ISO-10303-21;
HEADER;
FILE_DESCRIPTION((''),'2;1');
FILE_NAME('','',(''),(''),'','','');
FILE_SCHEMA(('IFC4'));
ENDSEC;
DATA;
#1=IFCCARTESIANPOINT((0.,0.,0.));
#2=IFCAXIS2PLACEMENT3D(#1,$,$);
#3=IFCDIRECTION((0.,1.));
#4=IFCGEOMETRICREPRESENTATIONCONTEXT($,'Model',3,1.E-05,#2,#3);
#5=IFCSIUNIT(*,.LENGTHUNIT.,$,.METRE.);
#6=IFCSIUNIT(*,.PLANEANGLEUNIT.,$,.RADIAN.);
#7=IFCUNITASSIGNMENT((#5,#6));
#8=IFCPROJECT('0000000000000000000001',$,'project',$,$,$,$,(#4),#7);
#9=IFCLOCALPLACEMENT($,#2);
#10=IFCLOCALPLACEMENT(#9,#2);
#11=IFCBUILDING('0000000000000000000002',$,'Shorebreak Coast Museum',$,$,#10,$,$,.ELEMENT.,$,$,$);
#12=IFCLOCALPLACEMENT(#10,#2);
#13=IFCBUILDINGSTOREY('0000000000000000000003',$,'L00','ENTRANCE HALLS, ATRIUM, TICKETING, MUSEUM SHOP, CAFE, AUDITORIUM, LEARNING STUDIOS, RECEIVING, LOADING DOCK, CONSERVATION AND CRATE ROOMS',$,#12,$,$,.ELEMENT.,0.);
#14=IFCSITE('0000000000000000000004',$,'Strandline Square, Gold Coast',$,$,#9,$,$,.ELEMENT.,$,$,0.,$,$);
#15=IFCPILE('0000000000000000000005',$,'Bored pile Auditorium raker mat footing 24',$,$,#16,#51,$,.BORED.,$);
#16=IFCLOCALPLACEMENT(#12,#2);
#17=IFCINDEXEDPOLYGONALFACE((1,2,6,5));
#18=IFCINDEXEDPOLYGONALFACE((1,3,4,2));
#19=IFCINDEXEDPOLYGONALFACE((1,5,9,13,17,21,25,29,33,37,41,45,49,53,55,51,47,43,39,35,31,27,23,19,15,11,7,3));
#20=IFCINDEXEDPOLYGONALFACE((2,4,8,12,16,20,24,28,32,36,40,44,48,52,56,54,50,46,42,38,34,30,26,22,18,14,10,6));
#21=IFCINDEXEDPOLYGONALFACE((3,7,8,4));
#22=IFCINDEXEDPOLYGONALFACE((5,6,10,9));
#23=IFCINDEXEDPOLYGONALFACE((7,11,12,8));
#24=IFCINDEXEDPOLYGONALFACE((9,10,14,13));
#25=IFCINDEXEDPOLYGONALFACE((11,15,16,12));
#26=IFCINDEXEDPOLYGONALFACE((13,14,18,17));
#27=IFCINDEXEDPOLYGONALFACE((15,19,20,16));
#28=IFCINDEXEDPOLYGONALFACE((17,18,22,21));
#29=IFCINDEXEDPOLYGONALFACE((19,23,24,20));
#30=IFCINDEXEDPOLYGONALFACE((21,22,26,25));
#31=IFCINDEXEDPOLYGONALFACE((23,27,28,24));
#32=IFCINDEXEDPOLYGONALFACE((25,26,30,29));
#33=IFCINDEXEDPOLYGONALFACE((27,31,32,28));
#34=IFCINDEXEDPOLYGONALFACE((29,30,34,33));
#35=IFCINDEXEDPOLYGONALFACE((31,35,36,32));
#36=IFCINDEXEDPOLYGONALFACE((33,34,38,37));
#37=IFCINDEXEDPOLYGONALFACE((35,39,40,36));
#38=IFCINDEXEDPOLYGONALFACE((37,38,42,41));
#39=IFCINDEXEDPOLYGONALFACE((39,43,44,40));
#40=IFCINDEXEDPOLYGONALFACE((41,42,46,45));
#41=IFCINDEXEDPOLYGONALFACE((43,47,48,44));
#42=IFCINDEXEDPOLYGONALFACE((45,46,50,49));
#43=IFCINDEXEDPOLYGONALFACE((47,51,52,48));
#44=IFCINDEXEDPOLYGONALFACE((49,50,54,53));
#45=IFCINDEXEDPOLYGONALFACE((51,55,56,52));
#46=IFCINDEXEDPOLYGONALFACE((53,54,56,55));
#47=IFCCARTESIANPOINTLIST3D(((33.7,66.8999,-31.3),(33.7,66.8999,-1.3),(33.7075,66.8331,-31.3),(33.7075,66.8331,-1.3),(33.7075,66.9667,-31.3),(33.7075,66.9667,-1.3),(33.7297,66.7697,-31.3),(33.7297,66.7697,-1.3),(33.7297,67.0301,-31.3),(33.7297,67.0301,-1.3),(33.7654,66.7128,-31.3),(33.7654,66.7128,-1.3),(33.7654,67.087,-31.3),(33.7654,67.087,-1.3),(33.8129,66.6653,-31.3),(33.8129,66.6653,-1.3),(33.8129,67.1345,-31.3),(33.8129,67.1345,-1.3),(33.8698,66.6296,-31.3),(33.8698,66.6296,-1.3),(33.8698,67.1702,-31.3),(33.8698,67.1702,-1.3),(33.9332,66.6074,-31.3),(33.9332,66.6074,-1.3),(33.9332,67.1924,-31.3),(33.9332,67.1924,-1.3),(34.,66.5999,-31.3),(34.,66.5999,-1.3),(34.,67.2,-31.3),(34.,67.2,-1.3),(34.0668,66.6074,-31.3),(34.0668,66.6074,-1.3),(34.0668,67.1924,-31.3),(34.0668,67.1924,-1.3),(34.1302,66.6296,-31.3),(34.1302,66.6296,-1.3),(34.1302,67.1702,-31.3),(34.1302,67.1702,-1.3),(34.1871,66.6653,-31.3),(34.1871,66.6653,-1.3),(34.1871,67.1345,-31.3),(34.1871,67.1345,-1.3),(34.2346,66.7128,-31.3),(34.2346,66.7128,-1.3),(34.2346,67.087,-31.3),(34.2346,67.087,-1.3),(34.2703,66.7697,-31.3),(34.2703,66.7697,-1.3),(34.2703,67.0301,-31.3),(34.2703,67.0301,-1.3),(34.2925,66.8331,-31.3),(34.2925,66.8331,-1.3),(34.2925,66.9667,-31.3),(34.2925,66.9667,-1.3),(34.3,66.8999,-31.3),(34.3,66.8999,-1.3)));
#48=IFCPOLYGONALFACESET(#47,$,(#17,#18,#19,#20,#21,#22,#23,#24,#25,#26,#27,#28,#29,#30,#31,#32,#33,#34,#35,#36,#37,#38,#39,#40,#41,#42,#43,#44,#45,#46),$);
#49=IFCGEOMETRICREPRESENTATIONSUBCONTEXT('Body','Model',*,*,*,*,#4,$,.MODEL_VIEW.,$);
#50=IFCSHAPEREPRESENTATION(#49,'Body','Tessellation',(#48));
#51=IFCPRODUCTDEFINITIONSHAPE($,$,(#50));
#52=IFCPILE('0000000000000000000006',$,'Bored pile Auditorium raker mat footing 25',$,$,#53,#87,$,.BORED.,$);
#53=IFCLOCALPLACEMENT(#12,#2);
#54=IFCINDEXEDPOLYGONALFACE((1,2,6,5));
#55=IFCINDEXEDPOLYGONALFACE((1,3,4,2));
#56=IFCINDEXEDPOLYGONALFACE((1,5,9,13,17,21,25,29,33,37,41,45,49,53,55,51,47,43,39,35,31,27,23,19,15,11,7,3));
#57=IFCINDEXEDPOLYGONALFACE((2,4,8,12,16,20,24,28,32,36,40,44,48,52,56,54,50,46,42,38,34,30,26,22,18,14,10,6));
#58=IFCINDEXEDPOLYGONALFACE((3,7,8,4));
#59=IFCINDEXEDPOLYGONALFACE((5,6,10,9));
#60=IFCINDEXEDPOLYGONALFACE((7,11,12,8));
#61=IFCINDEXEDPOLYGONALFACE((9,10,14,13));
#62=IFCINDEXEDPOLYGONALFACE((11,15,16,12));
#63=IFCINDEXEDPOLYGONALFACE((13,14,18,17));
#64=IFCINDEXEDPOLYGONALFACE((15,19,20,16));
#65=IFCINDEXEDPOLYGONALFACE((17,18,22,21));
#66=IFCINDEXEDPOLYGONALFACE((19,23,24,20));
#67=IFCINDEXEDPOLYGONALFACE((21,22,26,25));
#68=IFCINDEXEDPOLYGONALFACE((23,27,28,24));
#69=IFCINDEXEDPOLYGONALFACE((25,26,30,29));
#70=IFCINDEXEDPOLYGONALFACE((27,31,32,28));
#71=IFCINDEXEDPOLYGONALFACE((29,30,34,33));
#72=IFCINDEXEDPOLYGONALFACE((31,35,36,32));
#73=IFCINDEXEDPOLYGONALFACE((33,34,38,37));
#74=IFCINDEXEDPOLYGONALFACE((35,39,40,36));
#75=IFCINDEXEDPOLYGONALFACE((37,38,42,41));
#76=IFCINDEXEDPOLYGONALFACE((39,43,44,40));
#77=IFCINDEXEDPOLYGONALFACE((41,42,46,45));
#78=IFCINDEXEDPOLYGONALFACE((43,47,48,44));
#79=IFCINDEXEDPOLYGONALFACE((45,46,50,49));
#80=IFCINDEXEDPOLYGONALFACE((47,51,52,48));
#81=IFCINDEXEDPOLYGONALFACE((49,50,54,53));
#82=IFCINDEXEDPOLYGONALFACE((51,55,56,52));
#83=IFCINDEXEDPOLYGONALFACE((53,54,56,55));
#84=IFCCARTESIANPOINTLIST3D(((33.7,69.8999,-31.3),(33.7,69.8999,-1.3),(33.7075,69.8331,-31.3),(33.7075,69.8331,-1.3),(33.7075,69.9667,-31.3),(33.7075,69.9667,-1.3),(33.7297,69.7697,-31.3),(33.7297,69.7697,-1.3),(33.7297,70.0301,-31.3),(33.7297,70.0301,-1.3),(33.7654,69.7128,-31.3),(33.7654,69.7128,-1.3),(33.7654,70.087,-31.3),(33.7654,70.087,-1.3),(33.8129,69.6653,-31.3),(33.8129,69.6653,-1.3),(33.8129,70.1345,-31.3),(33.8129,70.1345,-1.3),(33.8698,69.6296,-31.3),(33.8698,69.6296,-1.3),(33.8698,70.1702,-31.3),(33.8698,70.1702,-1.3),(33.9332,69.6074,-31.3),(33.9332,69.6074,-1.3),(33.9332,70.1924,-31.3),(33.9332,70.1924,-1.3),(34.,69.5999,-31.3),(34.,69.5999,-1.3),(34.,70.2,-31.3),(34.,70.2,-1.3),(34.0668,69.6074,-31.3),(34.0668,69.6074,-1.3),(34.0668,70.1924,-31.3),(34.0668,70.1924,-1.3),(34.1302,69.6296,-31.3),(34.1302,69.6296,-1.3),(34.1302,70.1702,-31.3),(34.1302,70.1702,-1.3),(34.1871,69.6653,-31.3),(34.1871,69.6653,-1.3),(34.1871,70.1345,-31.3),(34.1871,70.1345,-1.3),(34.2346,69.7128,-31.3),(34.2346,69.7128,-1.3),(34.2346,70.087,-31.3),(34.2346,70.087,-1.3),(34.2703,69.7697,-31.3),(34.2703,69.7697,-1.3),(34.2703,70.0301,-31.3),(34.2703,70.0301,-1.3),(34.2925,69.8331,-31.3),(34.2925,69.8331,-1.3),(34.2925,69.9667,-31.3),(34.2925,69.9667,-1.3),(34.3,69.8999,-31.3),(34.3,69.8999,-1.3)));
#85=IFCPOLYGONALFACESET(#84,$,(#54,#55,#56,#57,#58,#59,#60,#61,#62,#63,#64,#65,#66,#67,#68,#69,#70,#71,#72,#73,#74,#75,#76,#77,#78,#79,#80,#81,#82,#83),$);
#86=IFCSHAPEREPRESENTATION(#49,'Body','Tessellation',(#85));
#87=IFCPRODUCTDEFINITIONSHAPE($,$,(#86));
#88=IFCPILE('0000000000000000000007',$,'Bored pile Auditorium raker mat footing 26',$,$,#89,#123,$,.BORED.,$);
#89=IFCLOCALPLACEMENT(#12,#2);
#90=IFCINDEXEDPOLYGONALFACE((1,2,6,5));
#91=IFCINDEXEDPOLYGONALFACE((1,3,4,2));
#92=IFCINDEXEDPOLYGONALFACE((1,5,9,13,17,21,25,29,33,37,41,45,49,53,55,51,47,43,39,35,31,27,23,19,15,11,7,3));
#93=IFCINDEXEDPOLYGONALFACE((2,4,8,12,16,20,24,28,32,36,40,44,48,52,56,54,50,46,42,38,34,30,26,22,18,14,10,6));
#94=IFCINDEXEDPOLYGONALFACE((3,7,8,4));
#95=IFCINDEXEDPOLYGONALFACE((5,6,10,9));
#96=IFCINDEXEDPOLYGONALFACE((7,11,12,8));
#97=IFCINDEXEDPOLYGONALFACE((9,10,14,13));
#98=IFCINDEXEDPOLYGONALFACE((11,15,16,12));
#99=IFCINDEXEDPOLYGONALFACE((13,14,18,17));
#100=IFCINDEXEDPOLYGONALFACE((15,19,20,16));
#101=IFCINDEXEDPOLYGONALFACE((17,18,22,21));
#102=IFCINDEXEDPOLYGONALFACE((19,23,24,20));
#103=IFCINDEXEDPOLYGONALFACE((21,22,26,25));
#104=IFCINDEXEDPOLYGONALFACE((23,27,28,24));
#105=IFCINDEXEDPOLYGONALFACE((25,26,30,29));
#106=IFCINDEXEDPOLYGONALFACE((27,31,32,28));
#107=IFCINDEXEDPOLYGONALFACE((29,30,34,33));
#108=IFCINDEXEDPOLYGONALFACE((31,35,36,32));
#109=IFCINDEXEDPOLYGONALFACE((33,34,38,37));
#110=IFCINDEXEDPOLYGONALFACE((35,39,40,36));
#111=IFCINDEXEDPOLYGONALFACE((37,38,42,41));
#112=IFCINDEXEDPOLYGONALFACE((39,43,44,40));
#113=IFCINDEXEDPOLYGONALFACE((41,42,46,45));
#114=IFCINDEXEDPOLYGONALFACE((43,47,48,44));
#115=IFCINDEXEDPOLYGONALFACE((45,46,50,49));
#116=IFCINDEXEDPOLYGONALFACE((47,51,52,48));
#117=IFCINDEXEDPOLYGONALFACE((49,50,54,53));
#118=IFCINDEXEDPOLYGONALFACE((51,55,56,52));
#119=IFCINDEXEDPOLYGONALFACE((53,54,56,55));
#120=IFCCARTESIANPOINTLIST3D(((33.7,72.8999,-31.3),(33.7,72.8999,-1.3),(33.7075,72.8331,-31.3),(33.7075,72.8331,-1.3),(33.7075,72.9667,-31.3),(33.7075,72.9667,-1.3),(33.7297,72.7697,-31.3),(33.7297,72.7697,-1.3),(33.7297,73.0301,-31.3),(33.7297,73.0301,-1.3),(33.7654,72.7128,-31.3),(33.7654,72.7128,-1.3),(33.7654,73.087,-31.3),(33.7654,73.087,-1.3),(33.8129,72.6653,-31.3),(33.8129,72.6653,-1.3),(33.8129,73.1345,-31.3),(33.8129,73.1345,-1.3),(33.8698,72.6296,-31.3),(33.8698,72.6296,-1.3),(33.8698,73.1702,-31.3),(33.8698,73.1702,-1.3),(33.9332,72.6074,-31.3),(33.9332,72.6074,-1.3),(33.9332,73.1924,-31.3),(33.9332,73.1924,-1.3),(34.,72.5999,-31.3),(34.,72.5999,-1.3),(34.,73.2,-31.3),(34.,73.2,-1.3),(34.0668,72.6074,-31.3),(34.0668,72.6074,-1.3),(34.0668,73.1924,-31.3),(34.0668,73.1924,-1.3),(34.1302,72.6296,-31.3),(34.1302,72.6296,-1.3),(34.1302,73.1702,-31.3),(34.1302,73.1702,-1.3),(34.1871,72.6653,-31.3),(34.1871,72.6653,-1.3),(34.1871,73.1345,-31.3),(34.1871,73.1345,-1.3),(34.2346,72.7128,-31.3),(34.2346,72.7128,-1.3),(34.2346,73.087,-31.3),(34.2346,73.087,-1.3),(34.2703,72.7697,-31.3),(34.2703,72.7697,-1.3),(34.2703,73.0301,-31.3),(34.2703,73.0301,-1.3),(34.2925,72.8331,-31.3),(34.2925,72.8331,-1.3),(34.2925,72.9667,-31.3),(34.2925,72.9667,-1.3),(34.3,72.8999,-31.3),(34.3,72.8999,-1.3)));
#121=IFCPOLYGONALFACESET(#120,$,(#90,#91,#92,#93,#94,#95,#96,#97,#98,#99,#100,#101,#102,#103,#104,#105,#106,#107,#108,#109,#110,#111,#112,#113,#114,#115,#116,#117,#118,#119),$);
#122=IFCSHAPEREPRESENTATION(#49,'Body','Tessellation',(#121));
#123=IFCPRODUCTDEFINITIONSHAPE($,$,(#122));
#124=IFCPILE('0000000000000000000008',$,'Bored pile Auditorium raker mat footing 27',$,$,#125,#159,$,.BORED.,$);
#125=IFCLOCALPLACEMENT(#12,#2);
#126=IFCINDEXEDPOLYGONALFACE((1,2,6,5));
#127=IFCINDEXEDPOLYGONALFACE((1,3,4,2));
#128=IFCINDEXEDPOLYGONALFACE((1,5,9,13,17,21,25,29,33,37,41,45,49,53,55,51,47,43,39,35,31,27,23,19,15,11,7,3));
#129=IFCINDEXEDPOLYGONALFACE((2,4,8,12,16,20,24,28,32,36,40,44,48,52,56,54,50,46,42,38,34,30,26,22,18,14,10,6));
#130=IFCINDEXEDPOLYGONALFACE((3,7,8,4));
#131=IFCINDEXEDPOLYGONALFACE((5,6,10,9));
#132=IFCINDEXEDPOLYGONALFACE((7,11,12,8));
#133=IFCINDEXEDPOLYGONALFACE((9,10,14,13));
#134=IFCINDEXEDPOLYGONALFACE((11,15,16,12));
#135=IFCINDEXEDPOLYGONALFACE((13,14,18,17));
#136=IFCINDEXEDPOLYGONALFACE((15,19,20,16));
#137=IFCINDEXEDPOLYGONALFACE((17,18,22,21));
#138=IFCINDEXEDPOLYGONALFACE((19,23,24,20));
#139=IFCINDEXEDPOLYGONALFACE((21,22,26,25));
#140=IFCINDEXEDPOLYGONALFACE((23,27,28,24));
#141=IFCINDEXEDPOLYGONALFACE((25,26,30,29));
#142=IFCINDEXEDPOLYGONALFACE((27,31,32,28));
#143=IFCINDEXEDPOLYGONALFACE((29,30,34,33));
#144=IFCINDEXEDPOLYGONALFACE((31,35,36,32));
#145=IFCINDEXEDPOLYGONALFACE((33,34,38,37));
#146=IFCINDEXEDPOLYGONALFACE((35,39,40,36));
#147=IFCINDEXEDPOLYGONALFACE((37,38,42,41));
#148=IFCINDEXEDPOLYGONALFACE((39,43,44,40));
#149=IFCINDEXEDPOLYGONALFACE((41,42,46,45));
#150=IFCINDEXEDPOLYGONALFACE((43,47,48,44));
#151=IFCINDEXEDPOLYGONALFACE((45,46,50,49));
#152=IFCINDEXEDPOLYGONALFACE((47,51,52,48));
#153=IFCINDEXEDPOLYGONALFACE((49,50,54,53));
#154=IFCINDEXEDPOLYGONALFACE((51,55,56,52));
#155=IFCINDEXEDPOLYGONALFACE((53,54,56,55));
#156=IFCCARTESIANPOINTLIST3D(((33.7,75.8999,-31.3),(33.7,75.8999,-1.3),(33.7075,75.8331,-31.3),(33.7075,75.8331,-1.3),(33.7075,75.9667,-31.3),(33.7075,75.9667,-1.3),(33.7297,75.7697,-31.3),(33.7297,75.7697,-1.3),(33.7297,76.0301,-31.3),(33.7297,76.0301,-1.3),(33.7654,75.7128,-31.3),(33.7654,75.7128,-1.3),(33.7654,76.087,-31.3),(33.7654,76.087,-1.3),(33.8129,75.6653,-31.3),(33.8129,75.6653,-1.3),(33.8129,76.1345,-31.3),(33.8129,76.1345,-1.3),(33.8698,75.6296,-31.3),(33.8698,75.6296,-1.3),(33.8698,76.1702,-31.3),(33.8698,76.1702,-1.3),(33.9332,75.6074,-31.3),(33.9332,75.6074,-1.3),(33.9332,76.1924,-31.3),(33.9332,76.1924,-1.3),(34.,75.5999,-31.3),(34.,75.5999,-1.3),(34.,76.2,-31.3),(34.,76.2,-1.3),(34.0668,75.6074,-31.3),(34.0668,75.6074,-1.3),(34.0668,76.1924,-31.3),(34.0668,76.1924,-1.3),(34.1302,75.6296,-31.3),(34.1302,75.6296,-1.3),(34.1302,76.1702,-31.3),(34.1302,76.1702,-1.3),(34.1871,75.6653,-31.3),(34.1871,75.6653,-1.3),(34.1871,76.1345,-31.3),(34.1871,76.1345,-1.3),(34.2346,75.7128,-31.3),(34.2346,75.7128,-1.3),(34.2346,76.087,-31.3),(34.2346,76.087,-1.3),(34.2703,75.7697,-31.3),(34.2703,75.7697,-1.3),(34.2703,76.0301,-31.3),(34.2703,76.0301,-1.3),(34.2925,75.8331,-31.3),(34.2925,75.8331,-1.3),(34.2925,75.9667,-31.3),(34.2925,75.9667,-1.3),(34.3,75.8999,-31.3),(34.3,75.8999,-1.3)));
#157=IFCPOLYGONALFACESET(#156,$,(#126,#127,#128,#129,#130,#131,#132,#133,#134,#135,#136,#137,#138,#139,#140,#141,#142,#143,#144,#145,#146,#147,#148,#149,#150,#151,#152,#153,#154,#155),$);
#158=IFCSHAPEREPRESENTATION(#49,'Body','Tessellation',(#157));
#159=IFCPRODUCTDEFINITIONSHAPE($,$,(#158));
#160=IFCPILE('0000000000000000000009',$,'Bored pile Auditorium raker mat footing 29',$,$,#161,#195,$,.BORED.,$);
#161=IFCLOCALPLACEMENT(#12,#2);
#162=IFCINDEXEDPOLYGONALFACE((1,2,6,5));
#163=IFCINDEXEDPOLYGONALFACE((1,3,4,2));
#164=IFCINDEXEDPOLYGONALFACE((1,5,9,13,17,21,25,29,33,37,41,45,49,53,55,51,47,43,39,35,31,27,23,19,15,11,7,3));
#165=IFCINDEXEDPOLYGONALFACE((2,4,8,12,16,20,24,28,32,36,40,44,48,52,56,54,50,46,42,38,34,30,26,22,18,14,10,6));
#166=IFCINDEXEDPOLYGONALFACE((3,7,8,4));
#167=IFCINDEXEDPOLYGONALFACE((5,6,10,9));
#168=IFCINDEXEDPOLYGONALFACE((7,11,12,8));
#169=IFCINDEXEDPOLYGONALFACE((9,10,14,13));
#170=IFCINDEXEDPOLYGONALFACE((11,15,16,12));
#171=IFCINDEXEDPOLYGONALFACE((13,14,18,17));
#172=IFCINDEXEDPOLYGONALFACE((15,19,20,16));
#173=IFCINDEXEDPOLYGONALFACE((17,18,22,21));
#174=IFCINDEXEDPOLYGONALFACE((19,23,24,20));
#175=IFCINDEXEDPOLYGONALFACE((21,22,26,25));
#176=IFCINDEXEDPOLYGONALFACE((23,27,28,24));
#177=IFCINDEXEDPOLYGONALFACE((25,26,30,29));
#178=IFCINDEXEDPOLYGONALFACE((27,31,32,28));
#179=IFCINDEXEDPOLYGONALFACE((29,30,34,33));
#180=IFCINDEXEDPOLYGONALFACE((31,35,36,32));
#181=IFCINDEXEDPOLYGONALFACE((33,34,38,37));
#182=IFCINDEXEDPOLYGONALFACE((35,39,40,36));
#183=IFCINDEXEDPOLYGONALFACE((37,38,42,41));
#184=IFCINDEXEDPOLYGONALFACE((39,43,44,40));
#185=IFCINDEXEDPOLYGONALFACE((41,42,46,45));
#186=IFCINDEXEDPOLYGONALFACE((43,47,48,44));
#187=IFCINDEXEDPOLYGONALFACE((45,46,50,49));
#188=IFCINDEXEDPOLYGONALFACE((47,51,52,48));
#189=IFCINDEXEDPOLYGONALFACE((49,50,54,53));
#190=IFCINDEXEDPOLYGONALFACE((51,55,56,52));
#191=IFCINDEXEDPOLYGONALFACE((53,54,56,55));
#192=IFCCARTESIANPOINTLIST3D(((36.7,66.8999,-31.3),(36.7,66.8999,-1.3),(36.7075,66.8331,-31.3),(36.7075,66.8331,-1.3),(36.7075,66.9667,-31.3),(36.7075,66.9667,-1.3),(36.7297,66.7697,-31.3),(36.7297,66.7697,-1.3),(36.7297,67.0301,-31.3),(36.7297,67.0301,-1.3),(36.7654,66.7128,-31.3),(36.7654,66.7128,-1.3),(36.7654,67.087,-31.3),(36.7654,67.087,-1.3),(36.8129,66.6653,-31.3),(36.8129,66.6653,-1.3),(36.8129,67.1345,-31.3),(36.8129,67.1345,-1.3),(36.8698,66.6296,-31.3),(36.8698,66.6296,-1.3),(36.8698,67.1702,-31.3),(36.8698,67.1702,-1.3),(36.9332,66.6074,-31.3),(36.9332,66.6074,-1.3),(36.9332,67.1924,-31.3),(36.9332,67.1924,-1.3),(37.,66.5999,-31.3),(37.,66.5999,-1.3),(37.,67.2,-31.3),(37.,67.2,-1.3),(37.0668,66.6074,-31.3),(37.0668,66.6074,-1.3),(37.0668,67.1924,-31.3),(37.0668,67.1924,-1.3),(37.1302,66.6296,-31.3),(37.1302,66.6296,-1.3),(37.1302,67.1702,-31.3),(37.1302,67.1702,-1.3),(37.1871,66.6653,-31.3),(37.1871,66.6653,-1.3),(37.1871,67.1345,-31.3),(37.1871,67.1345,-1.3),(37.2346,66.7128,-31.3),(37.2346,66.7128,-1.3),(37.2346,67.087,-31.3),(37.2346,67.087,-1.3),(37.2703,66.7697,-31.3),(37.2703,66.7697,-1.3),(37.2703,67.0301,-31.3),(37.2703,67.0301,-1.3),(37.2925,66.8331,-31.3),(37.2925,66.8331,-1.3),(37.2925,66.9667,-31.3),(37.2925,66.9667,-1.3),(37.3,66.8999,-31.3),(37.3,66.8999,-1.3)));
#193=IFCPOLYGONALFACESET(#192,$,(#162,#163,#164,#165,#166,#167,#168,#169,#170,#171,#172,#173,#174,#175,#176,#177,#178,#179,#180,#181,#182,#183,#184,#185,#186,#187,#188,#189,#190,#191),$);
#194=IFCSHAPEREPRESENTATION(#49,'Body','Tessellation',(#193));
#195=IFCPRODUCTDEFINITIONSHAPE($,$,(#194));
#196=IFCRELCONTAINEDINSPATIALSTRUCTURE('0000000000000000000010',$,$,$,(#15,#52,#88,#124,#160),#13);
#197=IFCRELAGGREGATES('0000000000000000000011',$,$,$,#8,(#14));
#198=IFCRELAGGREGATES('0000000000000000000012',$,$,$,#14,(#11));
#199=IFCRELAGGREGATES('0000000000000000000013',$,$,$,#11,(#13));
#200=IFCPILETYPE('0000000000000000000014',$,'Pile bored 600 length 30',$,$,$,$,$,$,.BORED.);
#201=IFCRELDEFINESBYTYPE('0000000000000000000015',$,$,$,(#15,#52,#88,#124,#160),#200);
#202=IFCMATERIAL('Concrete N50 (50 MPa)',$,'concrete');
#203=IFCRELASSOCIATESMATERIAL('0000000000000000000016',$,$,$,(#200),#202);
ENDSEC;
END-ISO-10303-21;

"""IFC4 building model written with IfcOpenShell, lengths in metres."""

from ifc_helpers import new_model, si_unit, direction, frame, origin, origin_2d, place, context, subcontext, project, spatial, circle, extrude, material, material_profile, profile_set, type_object, element, save


model = new_model("IFC4")

# Units and contexts
model_context = context("Model", 3, precision=1e-05, world=origin(), true_north=direction((0.0, 1.0)))
body_context = subcontext(model_context, "Body", "Model", "MODEL_VIEW")
ifc_project = project(units=[si_unit("LENGTHUNIT", "METRE"), si_unit("PLANEANGLEUNIT", "RADIAN")], contexts=[model_context])

# Site, building, storey
site_placement = place(None, origin())
site = spatial("IfcSite", under=ifc_project, at=site_placement, Name="Strandline Square, Gold Coast", CompositionType="ELEMENT", RefElevation=0.0)
building_placement = place(site_placement, origin())
building = spatial("IfcBuilding", under=site, at=building_placement, Name="Shorebreak Coast Museum", CompositionType="ELEMENT")
storey_placement = place(building_placement, origin())
storey = spatial("IfcBuildingStorey", under=building, at=storey_placement, Name="L00", Description="ENTRANCE HALLS, ATRIUM, TICKETING, MUSEUM SHOP, CAFE, AUDITORIUM, LEARNING STUDIOS, RECEIVING, LOADING DOCK, CONSERVATION AND CRATE ROOMS", CompositionType="ELEMENT", Elevation=0.0)

# Piles
ifc_material_1 = material(Name="Concrete N50 (50 MPa)", Category="concrete")
ifc_material_profile = material_profile(ifc_material_1, circle(Radius=0.3, at=origin_2d()), Name="Pile bored 600 length 30")
ifc_profile_set = profile_set([ifc_material_profile], Name="Concrete N50 (50 MPa)")
pile_type = type_object("IfcPileType", Name="Pile bored 600 length 30", PredefinedType="BORED", material=ifc_profile_set)
for number, where, z_axis, x_axis, name in (
    (1, (34.0, 66.8999, -1.3), (0.0, 0.0, -1.0), (1.0, 0.0, 0.0), "Bored pile Auditorium raker mat footing 24"),
    (2, (34.0, 69.8999, -1.3), (0.0, 0.0, -1.0), (1.0, 0.0, 0.0), "Bored pile Auditorium raker mat footing 25"),
    (3, (34.0, 72.8999, -1.3), (0.0, 0.0, -1.0), (1.0, 0.0, 0.0), "Bored pile Auditorium raker mat footing 26"),
    (4, (34.0, 75.8999, -1.3), (0.0, 0.0, -1.0), (1.0, 0.0, 0.0), "Bored pile Auditorium raker mat footing 27"),
    (5, (37.0, 66.8999, -1.3), (0.0, 0.0, -1.0), (1.0, 0.0, 0.0), "Bored pile Auditorium raker mat footing 29"),
):
    element("IfcPile", number, at=place(storey_placement, frame(where, z_axis=z_axis, x_axis=x_axis)), inside=storey, type_object=pile_type, Name=name, PredefinedType="BORED", context=body_context, shape_type="SweptSolid", body=[
        extrude(circle(Radius=0.3, at=origin_2d()), origin(), (0.0, 0.0, 1.0), 30.0),
    ])

save(model, "model.ifc")
